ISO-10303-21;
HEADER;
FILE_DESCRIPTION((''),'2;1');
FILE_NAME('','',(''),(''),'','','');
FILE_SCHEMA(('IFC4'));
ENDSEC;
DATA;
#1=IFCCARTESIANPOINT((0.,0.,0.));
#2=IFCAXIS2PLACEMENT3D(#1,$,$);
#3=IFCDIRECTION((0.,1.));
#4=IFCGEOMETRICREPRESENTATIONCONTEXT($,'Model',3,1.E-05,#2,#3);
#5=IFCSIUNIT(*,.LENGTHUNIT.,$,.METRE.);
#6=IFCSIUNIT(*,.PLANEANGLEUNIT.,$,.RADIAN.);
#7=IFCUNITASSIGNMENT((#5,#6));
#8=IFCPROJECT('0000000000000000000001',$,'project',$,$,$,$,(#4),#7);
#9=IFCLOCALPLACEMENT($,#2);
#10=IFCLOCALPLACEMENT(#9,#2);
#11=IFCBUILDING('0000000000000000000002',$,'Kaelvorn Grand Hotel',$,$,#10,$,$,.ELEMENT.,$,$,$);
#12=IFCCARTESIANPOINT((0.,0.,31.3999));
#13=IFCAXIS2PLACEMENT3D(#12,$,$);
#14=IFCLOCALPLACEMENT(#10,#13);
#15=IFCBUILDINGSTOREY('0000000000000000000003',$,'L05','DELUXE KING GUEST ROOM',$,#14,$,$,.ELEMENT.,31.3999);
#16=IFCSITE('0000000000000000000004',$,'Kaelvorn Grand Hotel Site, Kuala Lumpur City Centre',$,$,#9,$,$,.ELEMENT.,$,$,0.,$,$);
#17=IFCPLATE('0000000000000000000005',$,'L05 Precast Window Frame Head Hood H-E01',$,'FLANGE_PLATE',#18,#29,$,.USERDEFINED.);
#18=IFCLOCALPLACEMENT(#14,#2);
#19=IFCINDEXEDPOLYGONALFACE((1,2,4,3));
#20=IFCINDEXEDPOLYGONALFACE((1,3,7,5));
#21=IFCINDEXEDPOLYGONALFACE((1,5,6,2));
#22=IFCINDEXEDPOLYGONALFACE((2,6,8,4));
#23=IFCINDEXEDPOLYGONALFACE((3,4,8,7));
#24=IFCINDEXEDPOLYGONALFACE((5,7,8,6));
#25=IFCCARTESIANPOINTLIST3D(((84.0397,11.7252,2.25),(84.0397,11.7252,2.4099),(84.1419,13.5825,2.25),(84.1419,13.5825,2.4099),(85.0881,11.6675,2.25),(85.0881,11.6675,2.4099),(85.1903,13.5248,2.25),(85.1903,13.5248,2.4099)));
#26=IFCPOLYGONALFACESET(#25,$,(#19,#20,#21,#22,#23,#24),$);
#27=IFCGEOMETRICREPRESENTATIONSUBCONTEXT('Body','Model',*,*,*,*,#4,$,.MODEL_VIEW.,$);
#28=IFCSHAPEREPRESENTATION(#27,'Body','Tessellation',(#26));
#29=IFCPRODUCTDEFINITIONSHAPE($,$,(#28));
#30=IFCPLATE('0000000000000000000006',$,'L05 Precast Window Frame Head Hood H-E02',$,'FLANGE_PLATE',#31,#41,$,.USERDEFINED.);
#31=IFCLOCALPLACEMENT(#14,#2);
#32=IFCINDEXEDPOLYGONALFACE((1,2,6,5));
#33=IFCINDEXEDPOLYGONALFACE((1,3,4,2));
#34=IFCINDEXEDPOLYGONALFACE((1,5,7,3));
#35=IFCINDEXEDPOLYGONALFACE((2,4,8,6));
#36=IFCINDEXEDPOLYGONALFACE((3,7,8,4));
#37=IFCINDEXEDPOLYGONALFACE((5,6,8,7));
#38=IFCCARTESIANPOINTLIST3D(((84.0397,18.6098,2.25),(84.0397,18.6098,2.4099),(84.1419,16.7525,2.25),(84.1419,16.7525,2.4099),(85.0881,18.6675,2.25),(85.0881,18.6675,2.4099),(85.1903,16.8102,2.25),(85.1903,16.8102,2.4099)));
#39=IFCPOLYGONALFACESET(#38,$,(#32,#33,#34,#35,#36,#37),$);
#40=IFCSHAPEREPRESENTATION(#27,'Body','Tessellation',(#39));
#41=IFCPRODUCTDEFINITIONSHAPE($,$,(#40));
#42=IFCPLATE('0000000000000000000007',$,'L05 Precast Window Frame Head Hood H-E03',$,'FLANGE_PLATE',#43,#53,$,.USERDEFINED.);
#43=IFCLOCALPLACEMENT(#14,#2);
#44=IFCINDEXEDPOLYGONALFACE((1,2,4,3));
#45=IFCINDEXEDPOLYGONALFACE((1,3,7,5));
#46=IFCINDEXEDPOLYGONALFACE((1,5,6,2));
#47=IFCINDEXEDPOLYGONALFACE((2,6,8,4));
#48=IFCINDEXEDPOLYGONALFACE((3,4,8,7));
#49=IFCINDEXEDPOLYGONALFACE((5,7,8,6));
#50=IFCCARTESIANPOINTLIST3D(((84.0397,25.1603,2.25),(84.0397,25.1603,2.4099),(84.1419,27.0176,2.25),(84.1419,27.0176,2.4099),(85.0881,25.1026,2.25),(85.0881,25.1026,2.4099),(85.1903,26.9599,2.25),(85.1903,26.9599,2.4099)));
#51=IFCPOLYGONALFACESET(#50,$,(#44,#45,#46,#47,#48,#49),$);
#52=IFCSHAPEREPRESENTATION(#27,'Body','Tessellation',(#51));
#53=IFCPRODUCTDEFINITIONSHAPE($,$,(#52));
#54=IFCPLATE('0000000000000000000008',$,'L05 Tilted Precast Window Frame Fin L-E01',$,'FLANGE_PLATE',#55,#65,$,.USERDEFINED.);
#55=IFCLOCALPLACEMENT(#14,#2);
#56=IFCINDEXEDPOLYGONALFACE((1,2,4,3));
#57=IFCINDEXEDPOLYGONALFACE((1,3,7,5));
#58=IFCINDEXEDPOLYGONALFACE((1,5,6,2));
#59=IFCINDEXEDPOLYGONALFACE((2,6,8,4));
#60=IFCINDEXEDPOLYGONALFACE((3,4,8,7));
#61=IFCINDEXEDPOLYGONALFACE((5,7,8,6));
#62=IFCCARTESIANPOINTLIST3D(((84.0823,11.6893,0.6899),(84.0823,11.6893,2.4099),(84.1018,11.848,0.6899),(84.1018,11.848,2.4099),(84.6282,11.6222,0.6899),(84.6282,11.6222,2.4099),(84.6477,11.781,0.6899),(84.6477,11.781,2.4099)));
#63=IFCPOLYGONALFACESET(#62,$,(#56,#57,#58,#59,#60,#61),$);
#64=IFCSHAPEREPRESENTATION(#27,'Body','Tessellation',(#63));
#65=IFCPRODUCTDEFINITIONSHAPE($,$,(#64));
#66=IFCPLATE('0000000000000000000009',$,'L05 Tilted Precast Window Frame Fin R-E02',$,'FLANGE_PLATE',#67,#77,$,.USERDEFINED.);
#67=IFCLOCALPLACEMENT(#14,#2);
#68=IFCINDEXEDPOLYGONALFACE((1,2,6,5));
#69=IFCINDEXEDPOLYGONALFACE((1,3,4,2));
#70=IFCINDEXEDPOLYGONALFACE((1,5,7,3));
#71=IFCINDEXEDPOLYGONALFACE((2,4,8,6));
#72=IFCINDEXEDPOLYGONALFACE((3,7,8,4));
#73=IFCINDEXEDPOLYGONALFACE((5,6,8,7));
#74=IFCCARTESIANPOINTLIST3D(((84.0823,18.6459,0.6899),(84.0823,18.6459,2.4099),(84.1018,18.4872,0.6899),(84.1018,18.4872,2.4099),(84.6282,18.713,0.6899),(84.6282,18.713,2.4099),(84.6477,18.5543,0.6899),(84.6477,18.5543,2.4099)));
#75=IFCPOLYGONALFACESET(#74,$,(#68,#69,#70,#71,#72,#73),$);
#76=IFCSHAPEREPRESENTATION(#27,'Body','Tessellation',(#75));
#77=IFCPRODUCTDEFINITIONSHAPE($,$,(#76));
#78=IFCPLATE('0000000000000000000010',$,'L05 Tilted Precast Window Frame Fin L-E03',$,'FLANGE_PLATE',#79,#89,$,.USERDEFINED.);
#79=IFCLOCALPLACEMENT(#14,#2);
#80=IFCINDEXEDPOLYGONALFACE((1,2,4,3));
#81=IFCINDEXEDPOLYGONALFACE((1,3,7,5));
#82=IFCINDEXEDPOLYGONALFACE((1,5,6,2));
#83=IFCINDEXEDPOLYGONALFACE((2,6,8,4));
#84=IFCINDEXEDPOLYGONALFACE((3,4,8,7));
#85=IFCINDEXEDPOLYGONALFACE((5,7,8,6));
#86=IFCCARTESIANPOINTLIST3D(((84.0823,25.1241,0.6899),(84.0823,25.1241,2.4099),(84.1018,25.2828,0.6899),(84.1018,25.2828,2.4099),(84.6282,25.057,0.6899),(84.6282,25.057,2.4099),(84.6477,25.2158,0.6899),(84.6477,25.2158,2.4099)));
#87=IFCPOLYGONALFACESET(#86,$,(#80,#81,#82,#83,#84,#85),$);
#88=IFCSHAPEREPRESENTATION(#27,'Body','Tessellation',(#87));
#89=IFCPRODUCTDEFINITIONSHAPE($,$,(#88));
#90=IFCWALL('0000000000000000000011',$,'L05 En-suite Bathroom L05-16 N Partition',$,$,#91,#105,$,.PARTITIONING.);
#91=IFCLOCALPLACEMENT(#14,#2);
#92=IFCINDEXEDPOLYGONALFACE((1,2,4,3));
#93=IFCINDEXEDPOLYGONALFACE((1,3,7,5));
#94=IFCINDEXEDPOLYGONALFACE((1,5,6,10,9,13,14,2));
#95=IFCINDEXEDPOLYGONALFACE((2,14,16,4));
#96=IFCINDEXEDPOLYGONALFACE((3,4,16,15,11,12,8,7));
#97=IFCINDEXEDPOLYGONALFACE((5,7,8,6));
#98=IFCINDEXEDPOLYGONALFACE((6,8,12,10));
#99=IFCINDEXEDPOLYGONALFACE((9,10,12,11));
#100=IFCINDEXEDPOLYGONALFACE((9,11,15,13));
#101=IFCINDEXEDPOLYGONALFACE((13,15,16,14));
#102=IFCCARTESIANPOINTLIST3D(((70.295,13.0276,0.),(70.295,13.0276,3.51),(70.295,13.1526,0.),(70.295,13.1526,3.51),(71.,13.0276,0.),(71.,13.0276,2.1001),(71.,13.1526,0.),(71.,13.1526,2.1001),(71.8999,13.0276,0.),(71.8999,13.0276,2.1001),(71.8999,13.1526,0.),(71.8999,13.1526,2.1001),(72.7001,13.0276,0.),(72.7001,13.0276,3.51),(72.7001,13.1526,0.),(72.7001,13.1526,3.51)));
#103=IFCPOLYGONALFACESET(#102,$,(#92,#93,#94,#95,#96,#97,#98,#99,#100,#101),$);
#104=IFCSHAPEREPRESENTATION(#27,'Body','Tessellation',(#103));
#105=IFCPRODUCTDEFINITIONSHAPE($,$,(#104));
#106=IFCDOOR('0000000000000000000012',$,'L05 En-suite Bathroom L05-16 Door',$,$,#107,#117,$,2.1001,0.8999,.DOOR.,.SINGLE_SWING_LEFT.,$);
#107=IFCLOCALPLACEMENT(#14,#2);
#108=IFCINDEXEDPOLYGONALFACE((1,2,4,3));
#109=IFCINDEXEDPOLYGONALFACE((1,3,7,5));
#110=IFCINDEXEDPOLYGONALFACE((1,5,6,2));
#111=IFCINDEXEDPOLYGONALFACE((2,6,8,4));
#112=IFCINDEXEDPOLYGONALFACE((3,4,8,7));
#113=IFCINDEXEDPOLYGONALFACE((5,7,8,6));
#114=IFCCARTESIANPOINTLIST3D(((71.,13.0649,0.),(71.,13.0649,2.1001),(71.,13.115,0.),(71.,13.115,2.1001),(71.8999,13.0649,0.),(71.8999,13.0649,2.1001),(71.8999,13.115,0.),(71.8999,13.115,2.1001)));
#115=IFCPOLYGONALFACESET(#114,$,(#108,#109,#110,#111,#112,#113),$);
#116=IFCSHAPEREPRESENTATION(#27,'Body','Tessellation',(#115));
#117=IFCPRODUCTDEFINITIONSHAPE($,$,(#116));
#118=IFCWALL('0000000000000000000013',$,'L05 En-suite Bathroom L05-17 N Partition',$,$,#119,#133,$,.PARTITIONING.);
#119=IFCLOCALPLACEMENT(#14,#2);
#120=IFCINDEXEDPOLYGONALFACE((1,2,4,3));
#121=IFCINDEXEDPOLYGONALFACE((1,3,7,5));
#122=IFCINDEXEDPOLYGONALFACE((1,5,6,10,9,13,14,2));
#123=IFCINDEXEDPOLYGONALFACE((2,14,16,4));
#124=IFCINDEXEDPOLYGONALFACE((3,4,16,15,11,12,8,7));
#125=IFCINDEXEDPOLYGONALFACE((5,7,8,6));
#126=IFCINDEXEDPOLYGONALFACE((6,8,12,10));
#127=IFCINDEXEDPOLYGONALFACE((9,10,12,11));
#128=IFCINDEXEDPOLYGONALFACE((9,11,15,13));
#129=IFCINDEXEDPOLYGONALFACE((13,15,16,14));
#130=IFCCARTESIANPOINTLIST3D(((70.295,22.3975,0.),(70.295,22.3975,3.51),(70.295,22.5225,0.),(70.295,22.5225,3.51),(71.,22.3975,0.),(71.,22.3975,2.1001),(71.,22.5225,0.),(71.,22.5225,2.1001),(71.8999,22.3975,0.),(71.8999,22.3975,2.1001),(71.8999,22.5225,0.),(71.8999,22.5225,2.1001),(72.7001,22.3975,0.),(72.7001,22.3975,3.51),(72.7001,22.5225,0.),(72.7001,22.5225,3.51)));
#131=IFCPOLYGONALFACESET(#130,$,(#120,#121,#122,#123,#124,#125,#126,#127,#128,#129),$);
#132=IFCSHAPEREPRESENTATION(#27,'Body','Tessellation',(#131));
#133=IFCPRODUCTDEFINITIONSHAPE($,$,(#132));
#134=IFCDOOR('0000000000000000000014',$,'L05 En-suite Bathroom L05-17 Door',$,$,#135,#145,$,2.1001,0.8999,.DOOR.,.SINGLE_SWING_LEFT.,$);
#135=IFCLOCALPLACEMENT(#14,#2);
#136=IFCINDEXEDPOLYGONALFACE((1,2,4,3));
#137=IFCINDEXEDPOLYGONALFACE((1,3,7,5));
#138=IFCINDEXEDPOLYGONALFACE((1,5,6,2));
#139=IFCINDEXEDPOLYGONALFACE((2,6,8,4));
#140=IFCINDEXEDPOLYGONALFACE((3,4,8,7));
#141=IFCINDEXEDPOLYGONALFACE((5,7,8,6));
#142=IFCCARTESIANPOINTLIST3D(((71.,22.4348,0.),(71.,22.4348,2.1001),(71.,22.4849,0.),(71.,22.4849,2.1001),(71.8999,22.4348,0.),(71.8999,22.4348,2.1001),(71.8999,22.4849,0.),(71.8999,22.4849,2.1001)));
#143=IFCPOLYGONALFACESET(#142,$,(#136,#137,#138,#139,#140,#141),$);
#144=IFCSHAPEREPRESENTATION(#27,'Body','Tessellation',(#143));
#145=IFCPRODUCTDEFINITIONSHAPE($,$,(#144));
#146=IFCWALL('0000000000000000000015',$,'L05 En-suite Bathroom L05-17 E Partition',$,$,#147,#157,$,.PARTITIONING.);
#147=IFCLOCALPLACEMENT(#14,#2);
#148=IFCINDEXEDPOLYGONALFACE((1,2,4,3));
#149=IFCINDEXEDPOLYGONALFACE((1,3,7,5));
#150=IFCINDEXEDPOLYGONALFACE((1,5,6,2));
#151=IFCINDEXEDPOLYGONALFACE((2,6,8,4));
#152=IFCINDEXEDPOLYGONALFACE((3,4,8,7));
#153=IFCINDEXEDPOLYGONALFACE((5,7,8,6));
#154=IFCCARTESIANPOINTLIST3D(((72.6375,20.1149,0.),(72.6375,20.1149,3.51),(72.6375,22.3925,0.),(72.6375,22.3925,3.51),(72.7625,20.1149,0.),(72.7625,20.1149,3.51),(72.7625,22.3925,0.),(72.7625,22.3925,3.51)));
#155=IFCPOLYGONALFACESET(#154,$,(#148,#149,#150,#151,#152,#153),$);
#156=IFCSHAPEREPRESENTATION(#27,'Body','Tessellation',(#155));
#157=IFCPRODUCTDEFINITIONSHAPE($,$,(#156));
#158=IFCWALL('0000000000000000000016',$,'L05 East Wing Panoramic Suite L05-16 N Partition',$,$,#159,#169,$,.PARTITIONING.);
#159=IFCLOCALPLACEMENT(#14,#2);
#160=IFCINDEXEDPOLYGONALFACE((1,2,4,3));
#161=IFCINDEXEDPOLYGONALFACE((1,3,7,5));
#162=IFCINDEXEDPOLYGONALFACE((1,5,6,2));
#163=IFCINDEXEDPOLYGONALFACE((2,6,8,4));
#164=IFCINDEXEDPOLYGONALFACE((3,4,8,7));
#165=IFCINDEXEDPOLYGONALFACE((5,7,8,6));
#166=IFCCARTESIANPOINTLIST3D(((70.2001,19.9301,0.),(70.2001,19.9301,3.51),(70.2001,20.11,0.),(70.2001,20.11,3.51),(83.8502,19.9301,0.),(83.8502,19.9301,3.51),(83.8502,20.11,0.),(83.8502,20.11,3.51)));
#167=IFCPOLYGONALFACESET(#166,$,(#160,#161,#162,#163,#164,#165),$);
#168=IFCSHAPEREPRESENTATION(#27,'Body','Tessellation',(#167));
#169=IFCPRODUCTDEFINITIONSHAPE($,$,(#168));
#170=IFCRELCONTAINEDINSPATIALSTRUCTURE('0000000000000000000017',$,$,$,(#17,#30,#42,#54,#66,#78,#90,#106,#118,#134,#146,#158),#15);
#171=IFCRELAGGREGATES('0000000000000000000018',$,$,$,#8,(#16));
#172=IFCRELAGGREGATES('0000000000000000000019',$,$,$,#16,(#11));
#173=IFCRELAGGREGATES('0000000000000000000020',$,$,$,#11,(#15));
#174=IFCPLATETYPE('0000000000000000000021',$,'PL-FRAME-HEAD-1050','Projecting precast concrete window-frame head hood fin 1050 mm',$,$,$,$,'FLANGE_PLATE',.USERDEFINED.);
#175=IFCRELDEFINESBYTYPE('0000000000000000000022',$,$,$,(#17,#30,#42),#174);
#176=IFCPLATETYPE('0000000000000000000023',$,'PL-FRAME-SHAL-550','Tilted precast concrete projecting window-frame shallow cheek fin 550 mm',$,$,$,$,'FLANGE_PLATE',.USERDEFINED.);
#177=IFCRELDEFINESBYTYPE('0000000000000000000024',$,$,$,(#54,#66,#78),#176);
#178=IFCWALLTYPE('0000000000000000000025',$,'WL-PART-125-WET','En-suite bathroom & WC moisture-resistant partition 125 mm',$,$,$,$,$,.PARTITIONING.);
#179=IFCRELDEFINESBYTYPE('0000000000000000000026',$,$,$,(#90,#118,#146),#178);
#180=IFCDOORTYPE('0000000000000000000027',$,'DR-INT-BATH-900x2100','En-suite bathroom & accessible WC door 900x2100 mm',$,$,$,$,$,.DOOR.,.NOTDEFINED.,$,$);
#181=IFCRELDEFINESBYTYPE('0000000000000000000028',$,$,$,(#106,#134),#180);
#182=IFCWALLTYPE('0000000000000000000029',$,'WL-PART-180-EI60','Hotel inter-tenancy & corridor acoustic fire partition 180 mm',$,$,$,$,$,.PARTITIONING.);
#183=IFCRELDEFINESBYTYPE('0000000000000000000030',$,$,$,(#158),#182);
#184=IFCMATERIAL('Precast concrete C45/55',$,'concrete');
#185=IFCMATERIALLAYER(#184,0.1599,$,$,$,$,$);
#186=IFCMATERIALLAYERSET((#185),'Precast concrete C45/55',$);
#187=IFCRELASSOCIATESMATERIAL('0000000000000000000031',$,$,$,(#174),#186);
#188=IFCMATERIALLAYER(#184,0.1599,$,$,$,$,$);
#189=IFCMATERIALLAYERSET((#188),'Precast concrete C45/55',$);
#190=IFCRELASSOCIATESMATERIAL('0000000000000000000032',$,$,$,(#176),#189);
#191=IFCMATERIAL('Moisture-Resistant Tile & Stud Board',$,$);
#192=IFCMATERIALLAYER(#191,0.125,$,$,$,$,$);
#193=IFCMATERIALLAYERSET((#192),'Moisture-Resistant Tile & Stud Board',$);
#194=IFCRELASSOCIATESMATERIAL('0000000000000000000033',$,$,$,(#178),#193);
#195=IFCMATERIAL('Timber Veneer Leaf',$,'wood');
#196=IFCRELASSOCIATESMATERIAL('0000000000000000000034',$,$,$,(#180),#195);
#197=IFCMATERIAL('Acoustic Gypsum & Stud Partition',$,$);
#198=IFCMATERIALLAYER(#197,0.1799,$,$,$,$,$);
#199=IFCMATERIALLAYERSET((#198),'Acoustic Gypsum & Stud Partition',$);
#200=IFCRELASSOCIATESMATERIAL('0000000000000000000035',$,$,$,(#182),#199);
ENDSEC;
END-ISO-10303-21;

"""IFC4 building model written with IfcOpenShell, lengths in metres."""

from ifc_helpers import new_model, si_unit, direction, frame, frame_2d, origin, origin_2d, place, context, subcontext, project, spatial, rectangle, extrude, material, layer, layer_set, type_object, element, fill, save


model = new_model("IFC4")

# Units and contexts
model_context = context("Model", 3, precision=1e-05, world=origin(), true_north=direction((0.0, 1.0)))
body_context = subcontext(model_context, "Body", "Model", "MODEL_VIEW")
ifc_project = project(units=[si_unit("LENGTHUNIT", "METRE"), si_unit("PLANEANGLEUNIT", "RADIAN")], contexts=[model_context])

# Site, building, storey
site_placement = place(None, origin())
site = spatial("IfcSite", under=ifc_project, at=site_placement, Name="Kaelvorn Grand Hotel Site, Kuala Lumpur City Centre", CompositionType="ELEMENT", RefElevation=0.0)
building_placement = place(site_placement, origin())
building = spatial("IfcBuilding", under=site, at=building_placement, Name="Kaelvorn Grand Hotel", CompositionType="ELEMENT")
storey_placement = place(building_placement, frame((0.0, 0.0, 31.3999)))
storey = spatial("IfcBuildingStorey", under=building, at=storey_placement, Name="L05", Description="DELUXE KING GUEST ROOM", CompositionType="ELEMENT", Elevation=31.3999)

# Plates
ifc_material_1 = material(Name="Precast concrete C45/55", Category="concrete")
ifc_layer_1 = layer(ifc_material_1, 0.1599)
ifc_layer_set_1 = layer_set([ifc_layer_1], Name="Precast concrete C45/55")
plate_type_1 = type_object("IfcPlateType", Name="PL-FRAME-HEAD-1050", Description="Projecting precast concrete window-frame head hood fin 1050 mm", ElementType="FLANGE_PLATE", PredefinedType="USERDEFINED", material=ifc_layer_set_1)
for number, where, z_axis, x_axis, name in (
    (1, (84.615, 12.625, 2.25), (0.0, 0.0, 1.0), (0.05495, 0.998489, 0.0), "L05 Precast Window Frame Head Hood H-E01"),
    (2, (84.615, 17.71, 2.25), (0.0, 0.0, 1.0), (-0.05495, 0.998489, 0.0), "L05 Precast Window Frame Head Hood H-E02"),
    (3, (84.615, 26.0601, 2.25), (0.0, 0.0, 1.0), (0.05495, 0.998489, 0.0), "L05 Precast Window Frame Head Hood H-E03"),
):
    element("IfcPlate", number, at=place(storey_placement, frame(where, z_axis=z_axis, x_axis=x_axis)), inside=storey, type_object=plate_type_1, Name=name, ObjectType="FLANGE_PLATE", PredefinedType="USERDEFINED", context=body_context, shape_type="SweptSolid", body=[
        extrude(rectangle(XDim=1.8601, YDim=1.05, at=origin_2d()), origin(), (0.0, 0.0, 1.0), 0.1599),
    ])
ifc_layer_2 = layer(ifc_material_1, 0.1599)
ifc_layer_set_2 = layer_set([ifc_layer_2], Name="Precast concrete C45/55")
plate_type_2 = type_object("IfcPlateType", Name="PL-FRAME-SHAL-550", Description="Tilted precast concrete projecting window-frame shallow cheek fin 550 mm", ElementType="FLANGE_PLATE", PredefinedType="USERDEFINED", material=ifc_layer_set_2)
for number, where, z_axis, x_axis, name in (
    (4, (84.365, 11.7351, 0.6899), (0.0, 0.0, 1.0), (0.121869, 0.992546, 0.0), "L05 Tilted Precast Window Frame Fin L-E01"),
    (5, (84.365, 18.6001, 0.6899), (0.0, 0.0, 1.0), (-0.121869, 0.992546, 0.0), "L05 Tilted Precast Window Frame Fin R-E02"),
    (6, (84.365, 25.1699, 0.6899), (0.0, 0.0, 1.0), (0.121869, 0.992546, 0.0), "L05 Tilted Precast Window Frame Fin L-E03"),
):
    element("IfcPlate", number, at=place(storey_placement, frame(where, z_axis=z_axis, x_axis=x_axis)), inside=storey, type_object=plate_type_2, Name=name, ObjectType="FLANGE_PLATE", PredefinedType="USERDEFINED", context=body_context, shape_type="SweptSolid", body=[
        extrude(rectangle(XDim=0.1599, YDim=0.55, at=origin_2d()), origin(), (0.0, 0.0, 1.0), 1.72),
    ])

# Walls, openings, doors
ifc_material_2 = material(Name="Moisture-Resistant Tile & Stud Board")
ifc_layer_3 = layer(ifc_material_2, 0.125)
ifc_layer_set_3 = layer_set([ifc_layer_3], Name="Moisture-Resistant Tile & Stud Board")
wall_type_1 = type_object("IfcWallType", Name="WL-PART-125-WET", Description="En-suite bathroom & WC moisture-resistant partition 125 mm", PredefinedType="PARTITIONING", material=ifc_layer_set_3)
wall_1_placement = place(storey_placement, frame((70.2949, 13.0901, 0.0), z_axis=(0.0, 0.0, 1.0), x_axis=(1.0, 0.0, 0.0)))
wall_1 = element("IfcWall", 7, at=wall_1_placement, inside=storey, type_object=wall_type_1, Name="L05 En-suite Bathroom L05-16 N Partition", PredefinedType="PARTITIONING", context=body_context, shape_type="SweptSolid", body=[
    extrude(rectangle(XDim=2.405, YDim=0.125, at=frame_2d((1.2026, 0.0))), origin(), (0.0, 0.0, 1.0), 3.51),
])
opening_1_placement = place(wall_1_placement, frame((0.7051, 0.0, 0.0)))
opening_1 = element("IfcOpeningElement", 8, at=opening_1_placement, cuts=wall_1, PredefinedType="OPENING", context=body_context, shape_type="SweptSolid", body=[
    extrude(rectangle(XDim=0.8999, YDim=2.1001, at=frame_2d((0.45, 1.05))), frame((0.0, 0.0725, 0.0), z_axis=(0.0, -1.0, 0.0), x_axis=(1.0, 0.0, 0.0)), (0.0, 0.0, 1.0), 0.145),
])
ifc_material_3 = material(Name="Timber Veneer Leaf", Category="wood")
door_type_1 = type_object("IfcDoorType", Name="DR-INT-BATH-900x2100", Description="En-suite bathroom & accessible WC door 900x2100 mm", OperationType="NOTDEFINED", PredefinedType="DOOR", material=ifc_material_3)
door_1_placement = place(opening_1_placement, origin())
door_1 = element("IfcDoor", 9, at=door_1_placement, inside=storey, type_object=door_type_1, Name="L05 En-suite Bathroom L05-16 Door", OperationType="SINGLE_SWING_LEFT", OverallHeight=2.1001, OverallWidth=0.8999, PredefinedType="DOOR", context=body_context, shape_type="SweptSolid", body=[
    extrude(rectangle(XDim=0.8999, YDim=2.1001, at=frame_2d((0.45, 1.05))), frame((0.0, 0.0249, 0.0), z_axis=(0.0, -1.0, 0.0), x_axis=(1.0, 0.0, 0.0)), (0.0, 0.0, 1.0), 0.05),
])
fill(opening_1, door_1)
wall_2_placement = place(storey_placement, frame((70.2949, 22.46, 0.0), z_axis=(0.0, 0.0, 1.0), x_axis=(1.0, 0.0, 0.0)))
wall_2 = element("IfcWall", 10, at=wall_2_placement, inside=storey, type_object=wall_type_1, Name="L05 En-suite Bathroom L05-17 N Partition", PredefinedType="PARTITIONING", context=body_context, shape_type="SweptSolid", body=[
    extrude(rectangle(XDim=2.405, YDim=0.125, at=frame_2d((1.2026, 0.0))), origin(), (0.0, 0.0, 1.0), 3.51),
])
opening_2_placement = place(wall_2_placement, frame((0.7051, 0.0, 0.0)))
opening_2 = element("IfcOpeningElement", 11, at=opening_2_placement, cuts=wall_2, PredefinedType="OPENING", context=body_context, shape_type="SweptSolid", body=[
    extrude(rectangle(XDim=0.8999, YDim=2.1001, at=frame_2d((0.45, 1.05))), frame((0.0, 0.0725, 0.0), z_axis=(0.0, -1.0, 0.0), x_axis=(1.0, 0.0, 0.0)), (0.0, 0.0, 1.0), 0.145),
])
door_2_placement = place(opening_2_placement, origin())
door_2 = element("IfcDoor", 12, at=door_2_placement, inside=storey, type_object=door_type_1, Name="L05 En-suite Bathroom L05-17 Door", OperationType="SINGLE_SWING_LEFT", OverallHeight=2.1001, OverallWidth=0.8999, PredefinedType="DOOR", context=body_context, shape_type="SweptSolid", body=[
    extrude(rectangle(XDim=0.8999, YDim=2.1001, at=frame_2d((0.45, 1.05))), frame((0.0, 0.0249, 0.0), z_axis=(0.0, -1.0, 0.0), x_axis=(1.0, 0.0, 0.0)), (0.0, 0.0, 1.0), 0.05),
])
fill(opening_2, door_2)

# Walls
wall_3_placement = place(storey_placement, frame((72.7, 20.115, 0.0), z_axis=(0.0, 0.0, 1.0), x_axis=(0.0, 1.0, 0.0)))
element("IfcWall", 13, at=wall_3_placement, inside=storey, type_object=wall_type_1, Name="L05 En-suite Bathroom L05-17 E Partition", PredefinedType="PARTITIONING", context=body_context, shape_type="SweptSolid", body=[
    extrude(rectangle(XDim=2.2776, YDim=0.125, at=frame_2d((1.1387, 0.0))), origin(), (0.0, 0.0, 1.0), 3.51),
])
ifc_material_4 = material(Name="Acoustic Gypsum & Stud Partition")
ifc_layer_4 = layer(ifc_material_4, 0.1799)
ifc_layer_set_4 = layer_set([ifc_layer_4], Name="Acoustic Gypsum & Stud Partition")
wall_type_2 = type_object("IfcWallType", Name="WL-PART-180-EI60", Description="Hotel inter-tenancy & corridor acoustic fire partition 180 mm", PredefinedType="PARTITIONING", material=ifc_layer_set_4)
wall_4_placement = place(storey_placement, frame((70.2, 20.02, 0.0), z_axis=(0.0, 0.0, 1.0), x_axis=(1.0, 0.0, 0.0)))
element("IfcWall", 14, at=wall_4_placement, inside=storey, type_object=wall_type_2, Name="L05 East Wing Panoramic Suite L05-16 N Partition", PredefinedType="PARTITIONING", context=body_context, shape_type="SweptSolid", body=[
    extrude(rectangle(XDim=13.6501, YDim=0.1799, at=frame_2d((6.8252, 0.0))), origin(), (0.0, 0.0, 1.0), 3.51),
])

save(model, "model.ifc")
